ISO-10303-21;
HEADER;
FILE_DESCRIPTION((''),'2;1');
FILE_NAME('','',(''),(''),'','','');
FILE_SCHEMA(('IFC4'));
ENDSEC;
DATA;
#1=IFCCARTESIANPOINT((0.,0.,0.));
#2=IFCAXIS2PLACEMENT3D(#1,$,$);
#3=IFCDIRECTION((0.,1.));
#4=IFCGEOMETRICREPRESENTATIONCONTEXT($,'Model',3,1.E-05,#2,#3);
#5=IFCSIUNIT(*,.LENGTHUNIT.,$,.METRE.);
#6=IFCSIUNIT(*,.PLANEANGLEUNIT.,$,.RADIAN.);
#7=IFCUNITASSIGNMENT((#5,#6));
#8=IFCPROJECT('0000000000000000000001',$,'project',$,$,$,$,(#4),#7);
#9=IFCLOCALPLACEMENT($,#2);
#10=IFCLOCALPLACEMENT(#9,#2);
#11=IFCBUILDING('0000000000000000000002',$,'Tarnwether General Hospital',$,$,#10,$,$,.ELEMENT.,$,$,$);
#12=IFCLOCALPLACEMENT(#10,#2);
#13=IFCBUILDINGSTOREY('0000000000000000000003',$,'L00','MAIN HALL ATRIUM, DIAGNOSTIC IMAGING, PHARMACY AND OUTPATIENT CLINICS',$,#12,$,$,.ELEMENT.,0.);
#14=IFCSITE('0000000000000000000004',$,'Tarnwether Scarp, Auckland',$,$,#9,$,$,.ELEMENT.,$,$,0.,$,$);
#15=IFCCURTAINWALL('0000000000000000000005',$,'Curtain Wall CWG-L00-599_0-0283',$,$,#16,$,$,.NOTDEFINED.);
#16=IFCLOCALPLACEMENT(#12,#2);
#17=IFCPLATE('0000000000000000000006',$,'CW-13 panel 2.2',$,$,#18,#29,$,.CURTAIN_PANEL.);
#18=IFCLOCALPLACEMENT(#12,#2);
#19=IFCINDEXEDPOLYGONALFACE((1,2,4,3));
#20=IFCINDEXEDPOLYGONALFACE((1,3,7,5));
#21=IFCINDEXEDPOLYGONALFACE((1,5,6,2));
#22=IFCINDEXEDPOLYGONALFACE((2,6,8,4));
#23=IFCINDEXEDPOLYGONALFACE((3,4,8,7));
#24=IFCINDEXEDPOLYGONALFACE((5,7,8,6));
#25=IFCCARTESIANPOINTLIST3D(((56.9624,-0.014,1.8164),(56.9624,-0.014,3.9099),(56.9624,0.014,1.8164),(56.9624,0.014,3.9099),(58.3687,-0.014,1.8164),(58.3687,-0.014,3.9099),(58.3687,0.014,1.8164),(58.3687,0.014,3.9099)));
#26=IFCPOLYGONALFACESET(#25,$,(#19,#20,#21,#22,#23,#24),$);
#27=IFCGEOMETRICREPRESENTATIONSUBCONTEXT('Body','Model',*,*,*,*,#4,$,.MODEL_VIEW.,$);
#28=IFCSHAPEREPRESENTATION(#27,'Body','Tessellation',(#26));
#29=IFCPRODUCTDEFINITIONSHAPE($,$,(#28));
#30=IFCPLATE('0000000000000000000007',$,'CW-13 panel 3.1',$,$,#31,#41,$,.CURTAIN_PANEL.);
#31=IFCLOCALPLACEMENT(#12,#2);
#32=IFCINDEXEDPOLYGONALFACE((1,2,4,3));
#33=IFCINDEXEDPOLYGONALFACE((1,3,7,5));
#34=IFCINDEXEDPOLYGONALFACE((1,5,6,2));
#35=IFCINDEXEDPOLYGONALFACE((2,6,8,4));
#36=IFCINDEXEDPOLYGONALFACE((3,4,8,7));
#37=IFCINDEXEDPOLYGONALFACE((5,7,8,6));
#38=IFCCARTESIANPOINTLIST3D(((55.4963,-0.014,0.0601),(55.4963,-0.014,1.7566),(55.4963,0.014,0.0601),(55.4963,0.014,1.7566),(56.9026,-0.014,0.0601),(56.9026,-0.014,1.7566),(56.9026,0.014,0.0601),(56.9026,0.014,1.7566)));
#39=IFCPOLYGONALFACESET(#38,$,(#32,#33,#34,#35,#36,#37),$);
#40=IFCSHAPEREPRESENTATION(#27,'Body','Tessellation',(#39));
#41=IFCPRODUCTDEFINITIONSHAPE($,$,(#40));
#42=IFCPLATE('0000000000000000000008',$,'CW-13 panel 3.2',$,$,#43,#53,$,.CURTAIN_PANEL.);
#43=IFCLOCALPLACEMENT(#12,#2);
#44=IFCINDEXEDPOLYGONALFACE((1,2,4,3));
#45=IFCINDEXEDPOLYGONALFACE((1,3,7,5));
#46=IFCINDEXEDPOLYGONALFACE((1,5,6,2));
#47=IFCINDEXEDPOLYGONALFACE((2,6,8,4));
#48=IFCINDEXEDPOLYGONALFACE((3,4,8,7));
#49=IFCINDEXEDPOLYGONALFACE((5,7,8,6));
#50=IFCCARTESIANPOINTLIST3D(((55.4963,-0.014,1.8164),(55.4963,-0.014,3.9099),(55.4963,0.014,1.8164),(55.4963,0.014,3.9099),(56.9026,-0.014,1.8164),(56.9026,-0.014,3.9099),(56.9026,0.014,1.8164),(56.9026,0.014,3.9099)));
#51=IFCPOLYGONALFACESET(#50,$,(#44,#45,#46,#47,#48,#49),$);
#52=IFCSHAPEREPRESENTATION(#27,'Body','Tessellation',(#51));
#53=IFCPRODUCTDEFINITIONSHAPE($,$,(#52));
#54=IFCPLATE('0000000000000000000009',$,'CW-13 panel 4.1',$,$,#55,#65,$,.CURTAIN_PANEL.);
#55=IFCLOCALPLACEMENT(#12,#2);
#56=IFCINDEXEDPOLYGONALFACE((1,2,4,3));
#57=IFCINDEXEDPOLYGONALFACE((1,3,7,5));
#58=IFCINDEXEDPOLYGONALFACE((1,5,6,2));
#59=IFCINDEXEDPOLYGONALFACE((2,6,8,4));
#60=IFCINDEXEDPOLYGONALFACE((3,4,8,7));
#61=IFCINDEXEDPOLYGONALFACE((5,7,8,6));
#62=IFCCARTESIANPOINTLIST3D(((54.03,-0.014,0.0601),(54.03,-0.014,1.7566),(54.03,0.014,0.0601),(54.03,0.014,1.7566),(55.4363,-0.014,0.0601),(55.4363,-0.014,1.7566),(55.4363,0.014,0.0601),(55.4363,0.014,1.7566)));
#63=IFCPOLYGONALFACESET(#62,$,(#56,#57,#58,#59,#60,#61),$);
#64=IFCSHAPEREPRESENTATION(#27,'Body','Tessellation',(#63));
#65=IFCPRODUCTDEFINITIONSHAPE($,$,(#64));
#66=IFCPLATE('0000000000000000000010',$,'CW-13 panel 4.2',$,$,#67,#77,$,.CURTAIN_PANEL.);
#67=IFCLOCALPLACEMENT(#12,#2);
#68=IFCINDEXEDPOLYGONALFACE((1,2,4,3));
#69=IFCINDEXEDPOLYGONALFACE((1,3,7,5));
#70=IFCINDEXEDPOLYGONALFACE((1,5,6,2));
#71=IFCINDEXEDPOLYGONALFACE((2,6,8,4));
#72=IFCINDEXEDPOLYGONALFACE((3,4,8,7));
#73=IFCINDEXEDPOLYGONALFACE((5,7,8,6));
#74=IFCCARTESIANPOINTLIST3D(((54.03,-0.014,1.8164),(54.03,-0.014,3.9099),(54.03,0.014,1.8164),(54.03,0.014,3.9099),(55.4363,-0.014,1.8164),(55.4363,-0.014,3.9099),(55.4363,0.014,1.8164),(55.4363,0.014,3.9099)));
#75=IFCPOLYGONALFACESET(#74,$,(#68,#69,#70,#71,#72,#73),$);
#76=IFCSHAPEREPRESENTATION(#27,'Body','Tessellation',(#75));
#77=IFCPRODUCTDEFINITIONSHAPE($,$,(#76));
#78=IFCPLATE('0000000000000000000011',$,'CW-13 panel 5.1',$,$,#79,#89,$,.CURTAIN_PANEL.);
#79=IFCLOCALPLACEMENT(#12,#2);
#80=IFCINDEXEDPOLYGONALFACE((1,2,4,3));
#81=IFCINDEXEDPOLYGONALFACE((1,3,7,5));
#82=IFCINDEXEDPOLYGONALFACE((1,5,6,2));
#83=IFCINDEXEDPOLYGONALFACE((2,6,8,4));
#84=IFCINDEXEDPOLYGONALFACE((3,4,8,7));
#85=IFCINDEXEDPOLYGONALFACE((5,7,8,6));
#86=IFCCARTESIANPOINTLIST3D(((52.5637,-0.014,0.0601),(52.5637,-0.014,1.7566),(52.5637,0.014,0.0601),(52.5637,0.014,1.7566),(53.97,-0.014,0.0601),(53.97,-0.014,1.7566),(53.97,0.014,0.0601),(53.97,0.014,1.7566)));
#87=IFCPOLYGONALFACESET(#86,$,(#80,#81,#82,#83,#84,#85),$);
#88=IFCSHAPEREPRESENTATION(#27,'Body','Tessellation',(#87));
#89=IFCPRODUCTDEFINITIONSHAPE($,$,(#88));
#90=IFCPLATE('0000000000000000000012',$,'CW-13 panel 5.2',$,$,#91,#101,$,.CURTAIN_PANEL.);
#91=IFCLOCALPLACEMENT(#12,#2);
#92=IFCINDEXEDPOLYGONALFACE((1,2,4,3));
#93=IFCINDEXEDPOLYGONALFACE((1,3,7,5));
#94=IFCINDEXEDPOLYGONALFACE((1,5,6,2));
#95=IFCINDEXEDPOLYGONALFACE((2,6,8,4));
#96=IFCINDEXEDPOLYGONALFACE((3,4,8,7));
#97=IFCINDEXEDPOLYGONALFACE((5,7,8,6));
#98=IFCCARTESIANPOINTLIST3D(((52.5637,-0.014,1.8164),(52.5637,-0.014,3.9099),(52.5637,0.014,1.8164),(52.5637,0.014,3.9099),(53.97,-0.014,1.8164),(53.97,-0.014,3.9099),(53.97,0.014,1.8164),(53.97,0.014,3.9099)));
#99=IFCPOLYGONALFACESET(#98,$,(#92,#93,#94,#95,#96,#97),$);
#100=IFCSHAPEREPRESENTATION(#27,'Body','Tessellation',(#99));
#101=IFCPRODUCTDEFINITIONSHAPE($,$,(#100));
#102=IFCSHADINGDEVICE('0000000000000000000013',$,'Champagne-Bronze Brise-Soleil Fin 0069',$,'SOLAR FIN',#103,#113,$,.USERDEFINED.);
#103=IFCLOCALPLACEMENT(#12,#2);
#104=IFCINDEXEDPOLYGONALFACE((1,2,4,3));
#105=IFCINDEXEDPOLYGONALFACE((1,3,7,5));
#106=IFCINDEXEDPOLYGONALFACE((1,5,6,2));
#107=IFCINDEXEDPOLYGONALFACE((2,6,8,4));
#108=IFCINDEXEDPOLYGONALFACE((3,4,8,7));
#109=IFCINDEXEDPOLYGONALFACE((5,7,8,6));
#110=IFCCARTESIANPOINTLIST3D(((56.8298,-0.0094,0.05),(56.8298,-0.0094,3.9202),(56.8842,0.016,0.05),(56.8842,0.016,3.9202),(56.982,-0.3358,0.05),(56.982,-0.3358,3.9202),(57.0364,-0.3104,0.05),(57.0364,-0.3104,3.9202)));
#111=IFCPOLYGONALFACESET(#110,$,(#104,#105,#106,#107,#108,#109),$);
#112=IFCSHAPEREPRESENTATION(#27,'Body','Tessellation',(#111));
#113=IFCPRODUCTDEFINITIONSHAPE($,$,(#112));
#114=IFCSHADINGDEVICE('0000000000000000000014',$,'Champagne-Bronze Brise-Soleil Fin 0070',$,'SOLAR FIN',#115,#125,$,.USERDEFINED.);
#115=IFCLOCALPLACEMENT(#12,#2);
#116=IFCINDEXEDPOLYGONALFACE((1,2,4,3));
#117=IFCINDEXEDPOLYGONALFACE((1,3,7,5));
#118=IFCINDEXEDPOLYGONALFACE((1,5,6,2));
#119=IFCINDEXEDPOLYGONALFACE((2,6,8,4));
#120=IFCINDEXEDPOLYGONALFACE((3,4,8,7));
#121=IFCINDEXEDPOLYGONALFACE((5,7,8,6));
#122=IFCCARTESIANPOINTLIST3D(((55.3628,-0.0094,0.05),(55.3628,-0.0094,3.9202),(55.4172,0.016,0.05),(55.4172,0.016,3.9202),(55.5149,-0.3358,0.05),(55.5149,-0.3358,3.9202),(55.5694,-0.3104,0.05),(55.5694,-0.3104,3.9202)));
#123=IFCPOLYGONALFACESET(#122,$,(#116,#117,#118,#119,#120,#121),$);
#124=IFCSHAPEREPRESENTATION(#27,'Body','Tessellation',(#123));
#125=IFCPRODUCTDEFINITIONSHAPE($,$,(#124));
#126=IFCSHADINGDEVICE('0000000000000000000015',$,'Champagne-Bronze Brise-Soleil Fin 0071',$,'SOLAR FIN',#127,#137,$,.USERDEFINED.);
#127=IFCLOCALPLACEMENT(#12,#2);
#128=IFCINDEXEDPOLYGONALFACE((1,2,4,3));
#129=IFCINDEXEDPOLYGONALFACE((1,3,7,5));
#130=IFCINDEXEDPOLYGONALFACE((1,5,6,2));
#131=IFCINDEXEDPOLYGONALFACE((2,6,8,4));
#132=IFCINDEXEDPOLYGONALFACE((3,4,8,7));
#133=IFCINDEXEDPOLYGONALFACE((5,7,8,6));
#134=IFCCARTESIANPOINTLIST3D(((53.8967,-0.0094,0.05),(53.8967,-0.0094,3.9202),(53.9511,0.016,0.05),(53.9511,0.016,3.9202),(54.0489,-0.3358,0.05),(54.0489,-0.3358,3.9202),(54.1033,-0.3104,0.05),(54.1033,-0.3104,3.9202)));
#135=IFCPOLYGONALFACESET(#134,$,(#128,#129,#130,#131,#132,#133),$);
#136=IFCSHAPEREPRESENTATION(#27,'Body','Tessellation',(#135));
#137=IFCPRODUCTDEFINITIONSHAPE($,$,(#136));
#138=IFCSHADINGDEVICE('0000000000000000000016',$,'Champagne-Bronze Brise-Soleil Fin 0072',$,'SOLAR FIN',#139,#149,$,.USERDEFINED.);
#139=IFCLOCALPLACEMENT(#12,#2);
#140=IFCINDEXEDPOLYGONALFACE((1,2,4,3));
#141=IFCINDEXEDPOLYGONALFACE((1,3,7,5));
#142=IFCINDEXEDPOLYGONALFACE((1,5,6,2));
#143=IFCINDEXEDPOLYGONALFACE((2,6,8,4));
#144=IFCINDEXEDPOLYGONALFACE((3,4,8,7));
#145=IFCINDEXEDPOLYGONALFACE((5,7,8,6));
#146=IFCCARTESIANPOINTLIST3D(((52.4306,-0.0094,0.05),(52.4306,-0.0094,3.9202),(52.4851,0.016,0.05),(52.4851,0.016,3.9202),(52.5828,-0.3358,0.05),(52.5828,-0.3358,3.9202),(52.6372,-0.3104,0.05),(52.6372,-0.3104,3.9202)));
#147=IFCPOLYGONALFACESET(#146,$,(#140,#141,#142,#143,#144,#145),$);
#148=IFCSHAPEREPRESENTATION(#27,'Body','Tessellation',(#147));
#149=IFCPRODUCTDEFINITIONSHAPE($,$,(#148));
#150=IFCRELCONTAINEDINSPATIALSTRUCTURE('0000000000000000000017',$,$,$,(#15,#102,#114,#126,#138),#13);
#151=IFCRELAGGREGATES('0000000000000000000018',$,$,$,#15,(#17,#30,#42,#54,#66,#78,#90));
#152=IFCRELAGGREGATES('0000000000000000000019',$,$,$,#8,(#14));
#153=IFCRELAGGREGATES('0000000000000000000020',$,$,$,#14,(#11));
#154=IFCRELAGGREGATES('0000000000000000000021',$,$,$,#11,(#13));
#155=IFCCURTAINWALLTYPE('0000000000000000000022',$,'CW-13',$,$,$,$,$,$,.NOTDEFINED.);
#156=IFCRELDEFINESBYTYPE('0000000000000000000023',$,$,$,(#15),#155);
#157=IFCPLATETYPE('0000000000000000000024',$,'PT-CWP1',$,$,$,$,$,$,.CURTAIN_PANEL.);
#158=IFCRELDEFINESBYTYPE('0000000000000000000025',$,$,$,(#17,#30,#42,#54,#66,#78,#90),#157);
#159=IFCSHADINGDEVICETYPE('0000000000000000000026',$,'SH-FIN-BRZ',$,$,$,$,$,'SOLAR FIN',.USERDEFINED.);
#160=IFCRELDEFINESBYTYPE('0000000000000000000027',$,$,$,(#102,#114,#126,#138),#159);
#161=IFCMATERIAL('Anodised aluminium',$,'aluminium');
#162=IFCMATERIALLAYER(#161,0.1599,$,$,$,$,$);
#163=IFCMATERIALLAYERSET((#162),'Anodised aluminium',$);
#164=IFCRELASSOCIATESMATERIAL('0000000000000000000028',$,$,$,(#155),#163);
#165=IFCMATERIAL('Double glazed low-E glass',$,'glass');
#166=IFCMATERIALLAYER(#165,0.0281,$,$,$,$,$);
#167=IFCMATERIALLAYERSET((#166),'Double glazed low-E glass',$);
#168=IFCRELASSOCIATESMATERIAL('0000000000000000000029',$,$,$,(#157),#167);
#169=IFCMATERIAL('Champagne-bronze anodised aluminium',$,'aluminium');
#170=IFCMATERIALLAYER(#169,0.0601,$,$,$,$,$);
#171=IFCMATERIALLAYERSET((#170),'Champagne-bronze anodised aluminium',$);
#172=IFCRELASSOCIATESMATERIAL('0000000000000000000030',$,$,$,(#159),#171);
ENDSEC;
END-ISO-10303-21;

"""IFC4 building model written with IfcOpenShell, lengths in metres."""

from ifc_helpers import new_model, si_unit, direction, frame, origin, origin_2d, place, context, subcontext, project, spatial, rectangle, extrude, material, layer, layer_set, type_object, element, aggregate, save


model = new_model("IFC4")

# Units and contexts
model_context = context("Model", 3, precision=1e-05, world=origin(), true_north=direction((0.0, 1.0)))
body_context = subcontext(model_context, "Body", "Model", "MODEL_VIEW")
ifc_project = project(units=[si_unit("LENGTHUNIT", "METRE"), si_unit("PLANEANGLEUNIT", "RADIAN")], contexts=[model_context])

# Site, building, storey
site_placement = place(None, origin())
site = spatial("IfcSite", under=ifc_project, at=site_placement, Name="Tarnwether Scarp, Auckland", CompositionType="ELEMENT", RefElevation=0.0)
building_placement = place(site_placement, origin())
building = spatial("IfcBuilding", under=site, at=building_placement, Name="Tarnwether General Hospital", CompositionType="ELEMENT")
storey_placement = place(building_placement, origin())
storey = spatial("IfcBuildingStorey", under=building, at=storey_placement, Name="L00", Description="MAIN HALL ATRIUM, DIAGNOSTIC IMAGING, PHARMACY AND OUTPATIENT CLINICS", CompositionType="ELEMENT", Elevation=0.0)

# Curtain wall, plates
ifc_material_1 = material(Name="Anodised aluminium", Category="aluminium")
ifc_layer_1 = layer(ifc_material_1, 0.1599)
ifc_layer_set_1 = layer_set([ifc_layer_1], Name="Anodised aluminium")
curtain_wall_type = type_object("IfcCurtainWallType", Name="CW-13", PredefinedType="NOTDEFINED", material=ifc_layer_set_1)
curtain_wall_placement = place(storey_placement, origin())
curtain_wall = element("IfcCurtainWall", 1, at=curtain_wall_placement, inside=storey, type_object=curtain_wall_type, Name="Curtain Wall CWG-L00-599_0-0283", PredefinedType="NOTDEFINED")
ifc_material_2 = material(Name="Double glazed low-E glass", Category="glass")
ifc_layer_2 = layer(ifc_material_2, 0.0281)
ifc_layer_set_2 = layer_set([ifc_layer_2], Name="Double glazed low-E glass")
plate_type = type_object("IfcPlateType", Name="PT-CWP1", PredefinedType="CURTAIN_PANEL", material=ifc_layer_set_2)
plate_1_placement = place(storey_placement, frame((57.6655, 0.0, 1.8164), z_axis=(0.0, 0.0, 1.0), x_axis=(-1.0, 0.0, 0.0)))
plate_1 = element("IfcPlate", 2, at=plate_1_placement, type_object=plate_type, Name="CW-13 panel 2.2", PredefinedType="CURTAIN_PANEL", context=body_context, shape_type="SweptSolid", body=[
    extrude(rectangle(XDim=1.4062, YDim=0.0281, at=origin_2d()), origin(), (0.0, 0.0, 1.0), 2.0935),
])
plate_2_placement = place(storey_placement, frame((56.1995, 0.0, 0.0601), z_axis=(0.0, 0.0, 1.0), x_axis=(-1.0, 0.0, 0.0)))
plate_2 = element("IfcPlate", 3, at=plate_2_placement, type_object=plate_type, Name="CW-13 panel 3.1", PredefinedType="CURTAIN_PANEL", context=body_context, shape_type="SweptSolid", body=[
    extrude(rectangle(XDim=1.4062, YDim=0.0281, at=origin_2d()), origin(), (0.0, 0.0, 1.0), 1.6965),
])
plate_3_placement = place(storey_placement, frame((56.1995, 0.0, 1.8164), z_axis=(0.0, 0.0, 1.0), x_axis=(-1.0, 0.0, 0.0)))
plate_3 = element("IfcPlate", 4, at=plate_3_placement, type_object=plate_type, Name="CW-13 panel 3.2", PredefinedType="CURTAIN_PANEL", context=body_context, shape_type="SweptSolid", body=[
    extrude(rectangle(XDim=1.4062, YDim=0.0281, at=origin_2d()), origin(), (0.0, 0.0, 1.0), 2.0935),
])
plate_4_placement = place(storey_placement, frame((54.7332, 0.0, 0.0601), z_axis=(0.0, 0.0, 1.0), x_axis=(-1.0, 0.0, 0.0)))
plate_4 = element("IfcPlate", 5, at=plate_4_placement, type_object=plate_type, Name="CW-13 panel 4.1", PredefinedType="CURTAIN_PANEL", context=body_context, shape_type="SweptSolid", body=[
    extrude(rectangle(XDim=1.4062, YDim=0.0281, at=origin_2d()), origin(), (0.0, 0.0, 1.0), 1.6965),
])
plate_5_placement = place(storey_placement, frame((54.7332, 0.0, 1.8164), z_axis=(0.0, 0.0, 1.0), x_axis=(-1.0, 0.0, 0.0)))
plate_5 = element("IfcPlate", 6, at=plate_5_placement, type_object=plate_type, Name="CW-13 panel 4.2", PredefinedType="CURTAIN_PANEL", context=body_context, shape_type="SweptSolid", body=[
    extrude(rectangle(XDim=1.4062, YDim=0.0281, at=origin_2d()), origin(), (0.0, 0.0, 1.0), 2.0935),
])
plate_6_placement = place(storey_placement, frame((53.2668, 0.0, 0.0601), z_axis=(0.0, 0.0, 1.0), x_axis=(-1.0, 0.0, 0.0)))
plate_6 = element("IfcPlate", 7, at=plate_6_placement, type_object=plate_type, Name="CW-13 panel 5.1", PredefinedType="CURTAIN_PANEL", context=body_context, shape_type="SweptSolid", body=[
    extrude(rectangle(XDim=1.4062, YDim=0.0281, at=origin_2d()), origin(), (0.0, 0.0, 1.0), 1.6965),
])
plate_7_placement = place(storey_placement, frame((53.2668, 0.0, 1.8164), z_axis=(0.0, 0.0, 1.0), x_axis=(-1.0, 0.0, 0.0)))
plate_7 = element("IfcPlate", 8, at=plate_7_placement, type_object=plate_type, Name="CW-13 panel 5.2", PredefinedType="CURTAIN_PANEL", context=body_context, shape_type="SweptSolid", body=[
    extrude(rectangle(XDim=1.4062, YDim=0.0281, at=origin_2d()), origin(), (0.0, 0.0, 1.0), 2.0935),
])
aggregate(curtain_wall, [plate_1, plate_2, plate_3, plate_4, plate_5, plate_6, plate_7])

# Shading devices
ifc_material_3 = material(Name="Champagne-bronze anodised aluminium", Category="aluminium")
ifc_layer_3 = layer(ifc_material_3, 0.0601)
ifc_layer_set_3 = layer_set([ifc_layer_3], Name="Champagne-bronze anodised aluminium")
shading_device_type = type_object("IfcShadingDeviceType", Name="SH-FIN-BRZ", ElementType="SOLAR FIN", PredefinedType="USERDEFINED", material=ifc_layer_set_3)
for number, where, z_axis, x_axis, name in (
    (9, (56.9331, -0.1599, 0.05), (0.0, 0.0, 1.0), (-0.906308, -0.422618, 0.0), "Champagne-Bronze Brise-Soleil Fin 0069"),
    (10, (55.4661, -0.1599, 0.05), (0.0, 0.0, 1.0), (-0.906308, -0.422618, 0.0), "Champagne-Bronze Brise-Soleil Fin 0070"),
    (11, (54.0, -0.1599, 0.05), (0.0, 0.0, 1.0), (-0.906308, -0.422618, 0.0), "Champagne-Bronze Brise-Soleil Fin 0071"),
    (12, (52.5339, -0.1599, 0.05), (0.0, 0.0, 1.0), (-0.906308, -0.422618, 0.0), "Champagne-Bronze Brise-Soleil Fin 0072"),
):
    element("IfcShadingDevice", number, at=place(storey_placement, frame(where, z_axis=z_axis, x_axis=x_axis)), inside=storey, type_object=shading_device_type, Name=name, ObjectType="SOLAR FIN", PredefinedType="USERDEFINED", context=body_context, shape_type="SweptSolid", body=[
        extrude(rectangle(XDim=0.0601, YDim=0.3601, at=origin_2d()), origin(), (0.0, 0.0, 1.0), 3.8701),
    ])

save(model, "model.ifc")
